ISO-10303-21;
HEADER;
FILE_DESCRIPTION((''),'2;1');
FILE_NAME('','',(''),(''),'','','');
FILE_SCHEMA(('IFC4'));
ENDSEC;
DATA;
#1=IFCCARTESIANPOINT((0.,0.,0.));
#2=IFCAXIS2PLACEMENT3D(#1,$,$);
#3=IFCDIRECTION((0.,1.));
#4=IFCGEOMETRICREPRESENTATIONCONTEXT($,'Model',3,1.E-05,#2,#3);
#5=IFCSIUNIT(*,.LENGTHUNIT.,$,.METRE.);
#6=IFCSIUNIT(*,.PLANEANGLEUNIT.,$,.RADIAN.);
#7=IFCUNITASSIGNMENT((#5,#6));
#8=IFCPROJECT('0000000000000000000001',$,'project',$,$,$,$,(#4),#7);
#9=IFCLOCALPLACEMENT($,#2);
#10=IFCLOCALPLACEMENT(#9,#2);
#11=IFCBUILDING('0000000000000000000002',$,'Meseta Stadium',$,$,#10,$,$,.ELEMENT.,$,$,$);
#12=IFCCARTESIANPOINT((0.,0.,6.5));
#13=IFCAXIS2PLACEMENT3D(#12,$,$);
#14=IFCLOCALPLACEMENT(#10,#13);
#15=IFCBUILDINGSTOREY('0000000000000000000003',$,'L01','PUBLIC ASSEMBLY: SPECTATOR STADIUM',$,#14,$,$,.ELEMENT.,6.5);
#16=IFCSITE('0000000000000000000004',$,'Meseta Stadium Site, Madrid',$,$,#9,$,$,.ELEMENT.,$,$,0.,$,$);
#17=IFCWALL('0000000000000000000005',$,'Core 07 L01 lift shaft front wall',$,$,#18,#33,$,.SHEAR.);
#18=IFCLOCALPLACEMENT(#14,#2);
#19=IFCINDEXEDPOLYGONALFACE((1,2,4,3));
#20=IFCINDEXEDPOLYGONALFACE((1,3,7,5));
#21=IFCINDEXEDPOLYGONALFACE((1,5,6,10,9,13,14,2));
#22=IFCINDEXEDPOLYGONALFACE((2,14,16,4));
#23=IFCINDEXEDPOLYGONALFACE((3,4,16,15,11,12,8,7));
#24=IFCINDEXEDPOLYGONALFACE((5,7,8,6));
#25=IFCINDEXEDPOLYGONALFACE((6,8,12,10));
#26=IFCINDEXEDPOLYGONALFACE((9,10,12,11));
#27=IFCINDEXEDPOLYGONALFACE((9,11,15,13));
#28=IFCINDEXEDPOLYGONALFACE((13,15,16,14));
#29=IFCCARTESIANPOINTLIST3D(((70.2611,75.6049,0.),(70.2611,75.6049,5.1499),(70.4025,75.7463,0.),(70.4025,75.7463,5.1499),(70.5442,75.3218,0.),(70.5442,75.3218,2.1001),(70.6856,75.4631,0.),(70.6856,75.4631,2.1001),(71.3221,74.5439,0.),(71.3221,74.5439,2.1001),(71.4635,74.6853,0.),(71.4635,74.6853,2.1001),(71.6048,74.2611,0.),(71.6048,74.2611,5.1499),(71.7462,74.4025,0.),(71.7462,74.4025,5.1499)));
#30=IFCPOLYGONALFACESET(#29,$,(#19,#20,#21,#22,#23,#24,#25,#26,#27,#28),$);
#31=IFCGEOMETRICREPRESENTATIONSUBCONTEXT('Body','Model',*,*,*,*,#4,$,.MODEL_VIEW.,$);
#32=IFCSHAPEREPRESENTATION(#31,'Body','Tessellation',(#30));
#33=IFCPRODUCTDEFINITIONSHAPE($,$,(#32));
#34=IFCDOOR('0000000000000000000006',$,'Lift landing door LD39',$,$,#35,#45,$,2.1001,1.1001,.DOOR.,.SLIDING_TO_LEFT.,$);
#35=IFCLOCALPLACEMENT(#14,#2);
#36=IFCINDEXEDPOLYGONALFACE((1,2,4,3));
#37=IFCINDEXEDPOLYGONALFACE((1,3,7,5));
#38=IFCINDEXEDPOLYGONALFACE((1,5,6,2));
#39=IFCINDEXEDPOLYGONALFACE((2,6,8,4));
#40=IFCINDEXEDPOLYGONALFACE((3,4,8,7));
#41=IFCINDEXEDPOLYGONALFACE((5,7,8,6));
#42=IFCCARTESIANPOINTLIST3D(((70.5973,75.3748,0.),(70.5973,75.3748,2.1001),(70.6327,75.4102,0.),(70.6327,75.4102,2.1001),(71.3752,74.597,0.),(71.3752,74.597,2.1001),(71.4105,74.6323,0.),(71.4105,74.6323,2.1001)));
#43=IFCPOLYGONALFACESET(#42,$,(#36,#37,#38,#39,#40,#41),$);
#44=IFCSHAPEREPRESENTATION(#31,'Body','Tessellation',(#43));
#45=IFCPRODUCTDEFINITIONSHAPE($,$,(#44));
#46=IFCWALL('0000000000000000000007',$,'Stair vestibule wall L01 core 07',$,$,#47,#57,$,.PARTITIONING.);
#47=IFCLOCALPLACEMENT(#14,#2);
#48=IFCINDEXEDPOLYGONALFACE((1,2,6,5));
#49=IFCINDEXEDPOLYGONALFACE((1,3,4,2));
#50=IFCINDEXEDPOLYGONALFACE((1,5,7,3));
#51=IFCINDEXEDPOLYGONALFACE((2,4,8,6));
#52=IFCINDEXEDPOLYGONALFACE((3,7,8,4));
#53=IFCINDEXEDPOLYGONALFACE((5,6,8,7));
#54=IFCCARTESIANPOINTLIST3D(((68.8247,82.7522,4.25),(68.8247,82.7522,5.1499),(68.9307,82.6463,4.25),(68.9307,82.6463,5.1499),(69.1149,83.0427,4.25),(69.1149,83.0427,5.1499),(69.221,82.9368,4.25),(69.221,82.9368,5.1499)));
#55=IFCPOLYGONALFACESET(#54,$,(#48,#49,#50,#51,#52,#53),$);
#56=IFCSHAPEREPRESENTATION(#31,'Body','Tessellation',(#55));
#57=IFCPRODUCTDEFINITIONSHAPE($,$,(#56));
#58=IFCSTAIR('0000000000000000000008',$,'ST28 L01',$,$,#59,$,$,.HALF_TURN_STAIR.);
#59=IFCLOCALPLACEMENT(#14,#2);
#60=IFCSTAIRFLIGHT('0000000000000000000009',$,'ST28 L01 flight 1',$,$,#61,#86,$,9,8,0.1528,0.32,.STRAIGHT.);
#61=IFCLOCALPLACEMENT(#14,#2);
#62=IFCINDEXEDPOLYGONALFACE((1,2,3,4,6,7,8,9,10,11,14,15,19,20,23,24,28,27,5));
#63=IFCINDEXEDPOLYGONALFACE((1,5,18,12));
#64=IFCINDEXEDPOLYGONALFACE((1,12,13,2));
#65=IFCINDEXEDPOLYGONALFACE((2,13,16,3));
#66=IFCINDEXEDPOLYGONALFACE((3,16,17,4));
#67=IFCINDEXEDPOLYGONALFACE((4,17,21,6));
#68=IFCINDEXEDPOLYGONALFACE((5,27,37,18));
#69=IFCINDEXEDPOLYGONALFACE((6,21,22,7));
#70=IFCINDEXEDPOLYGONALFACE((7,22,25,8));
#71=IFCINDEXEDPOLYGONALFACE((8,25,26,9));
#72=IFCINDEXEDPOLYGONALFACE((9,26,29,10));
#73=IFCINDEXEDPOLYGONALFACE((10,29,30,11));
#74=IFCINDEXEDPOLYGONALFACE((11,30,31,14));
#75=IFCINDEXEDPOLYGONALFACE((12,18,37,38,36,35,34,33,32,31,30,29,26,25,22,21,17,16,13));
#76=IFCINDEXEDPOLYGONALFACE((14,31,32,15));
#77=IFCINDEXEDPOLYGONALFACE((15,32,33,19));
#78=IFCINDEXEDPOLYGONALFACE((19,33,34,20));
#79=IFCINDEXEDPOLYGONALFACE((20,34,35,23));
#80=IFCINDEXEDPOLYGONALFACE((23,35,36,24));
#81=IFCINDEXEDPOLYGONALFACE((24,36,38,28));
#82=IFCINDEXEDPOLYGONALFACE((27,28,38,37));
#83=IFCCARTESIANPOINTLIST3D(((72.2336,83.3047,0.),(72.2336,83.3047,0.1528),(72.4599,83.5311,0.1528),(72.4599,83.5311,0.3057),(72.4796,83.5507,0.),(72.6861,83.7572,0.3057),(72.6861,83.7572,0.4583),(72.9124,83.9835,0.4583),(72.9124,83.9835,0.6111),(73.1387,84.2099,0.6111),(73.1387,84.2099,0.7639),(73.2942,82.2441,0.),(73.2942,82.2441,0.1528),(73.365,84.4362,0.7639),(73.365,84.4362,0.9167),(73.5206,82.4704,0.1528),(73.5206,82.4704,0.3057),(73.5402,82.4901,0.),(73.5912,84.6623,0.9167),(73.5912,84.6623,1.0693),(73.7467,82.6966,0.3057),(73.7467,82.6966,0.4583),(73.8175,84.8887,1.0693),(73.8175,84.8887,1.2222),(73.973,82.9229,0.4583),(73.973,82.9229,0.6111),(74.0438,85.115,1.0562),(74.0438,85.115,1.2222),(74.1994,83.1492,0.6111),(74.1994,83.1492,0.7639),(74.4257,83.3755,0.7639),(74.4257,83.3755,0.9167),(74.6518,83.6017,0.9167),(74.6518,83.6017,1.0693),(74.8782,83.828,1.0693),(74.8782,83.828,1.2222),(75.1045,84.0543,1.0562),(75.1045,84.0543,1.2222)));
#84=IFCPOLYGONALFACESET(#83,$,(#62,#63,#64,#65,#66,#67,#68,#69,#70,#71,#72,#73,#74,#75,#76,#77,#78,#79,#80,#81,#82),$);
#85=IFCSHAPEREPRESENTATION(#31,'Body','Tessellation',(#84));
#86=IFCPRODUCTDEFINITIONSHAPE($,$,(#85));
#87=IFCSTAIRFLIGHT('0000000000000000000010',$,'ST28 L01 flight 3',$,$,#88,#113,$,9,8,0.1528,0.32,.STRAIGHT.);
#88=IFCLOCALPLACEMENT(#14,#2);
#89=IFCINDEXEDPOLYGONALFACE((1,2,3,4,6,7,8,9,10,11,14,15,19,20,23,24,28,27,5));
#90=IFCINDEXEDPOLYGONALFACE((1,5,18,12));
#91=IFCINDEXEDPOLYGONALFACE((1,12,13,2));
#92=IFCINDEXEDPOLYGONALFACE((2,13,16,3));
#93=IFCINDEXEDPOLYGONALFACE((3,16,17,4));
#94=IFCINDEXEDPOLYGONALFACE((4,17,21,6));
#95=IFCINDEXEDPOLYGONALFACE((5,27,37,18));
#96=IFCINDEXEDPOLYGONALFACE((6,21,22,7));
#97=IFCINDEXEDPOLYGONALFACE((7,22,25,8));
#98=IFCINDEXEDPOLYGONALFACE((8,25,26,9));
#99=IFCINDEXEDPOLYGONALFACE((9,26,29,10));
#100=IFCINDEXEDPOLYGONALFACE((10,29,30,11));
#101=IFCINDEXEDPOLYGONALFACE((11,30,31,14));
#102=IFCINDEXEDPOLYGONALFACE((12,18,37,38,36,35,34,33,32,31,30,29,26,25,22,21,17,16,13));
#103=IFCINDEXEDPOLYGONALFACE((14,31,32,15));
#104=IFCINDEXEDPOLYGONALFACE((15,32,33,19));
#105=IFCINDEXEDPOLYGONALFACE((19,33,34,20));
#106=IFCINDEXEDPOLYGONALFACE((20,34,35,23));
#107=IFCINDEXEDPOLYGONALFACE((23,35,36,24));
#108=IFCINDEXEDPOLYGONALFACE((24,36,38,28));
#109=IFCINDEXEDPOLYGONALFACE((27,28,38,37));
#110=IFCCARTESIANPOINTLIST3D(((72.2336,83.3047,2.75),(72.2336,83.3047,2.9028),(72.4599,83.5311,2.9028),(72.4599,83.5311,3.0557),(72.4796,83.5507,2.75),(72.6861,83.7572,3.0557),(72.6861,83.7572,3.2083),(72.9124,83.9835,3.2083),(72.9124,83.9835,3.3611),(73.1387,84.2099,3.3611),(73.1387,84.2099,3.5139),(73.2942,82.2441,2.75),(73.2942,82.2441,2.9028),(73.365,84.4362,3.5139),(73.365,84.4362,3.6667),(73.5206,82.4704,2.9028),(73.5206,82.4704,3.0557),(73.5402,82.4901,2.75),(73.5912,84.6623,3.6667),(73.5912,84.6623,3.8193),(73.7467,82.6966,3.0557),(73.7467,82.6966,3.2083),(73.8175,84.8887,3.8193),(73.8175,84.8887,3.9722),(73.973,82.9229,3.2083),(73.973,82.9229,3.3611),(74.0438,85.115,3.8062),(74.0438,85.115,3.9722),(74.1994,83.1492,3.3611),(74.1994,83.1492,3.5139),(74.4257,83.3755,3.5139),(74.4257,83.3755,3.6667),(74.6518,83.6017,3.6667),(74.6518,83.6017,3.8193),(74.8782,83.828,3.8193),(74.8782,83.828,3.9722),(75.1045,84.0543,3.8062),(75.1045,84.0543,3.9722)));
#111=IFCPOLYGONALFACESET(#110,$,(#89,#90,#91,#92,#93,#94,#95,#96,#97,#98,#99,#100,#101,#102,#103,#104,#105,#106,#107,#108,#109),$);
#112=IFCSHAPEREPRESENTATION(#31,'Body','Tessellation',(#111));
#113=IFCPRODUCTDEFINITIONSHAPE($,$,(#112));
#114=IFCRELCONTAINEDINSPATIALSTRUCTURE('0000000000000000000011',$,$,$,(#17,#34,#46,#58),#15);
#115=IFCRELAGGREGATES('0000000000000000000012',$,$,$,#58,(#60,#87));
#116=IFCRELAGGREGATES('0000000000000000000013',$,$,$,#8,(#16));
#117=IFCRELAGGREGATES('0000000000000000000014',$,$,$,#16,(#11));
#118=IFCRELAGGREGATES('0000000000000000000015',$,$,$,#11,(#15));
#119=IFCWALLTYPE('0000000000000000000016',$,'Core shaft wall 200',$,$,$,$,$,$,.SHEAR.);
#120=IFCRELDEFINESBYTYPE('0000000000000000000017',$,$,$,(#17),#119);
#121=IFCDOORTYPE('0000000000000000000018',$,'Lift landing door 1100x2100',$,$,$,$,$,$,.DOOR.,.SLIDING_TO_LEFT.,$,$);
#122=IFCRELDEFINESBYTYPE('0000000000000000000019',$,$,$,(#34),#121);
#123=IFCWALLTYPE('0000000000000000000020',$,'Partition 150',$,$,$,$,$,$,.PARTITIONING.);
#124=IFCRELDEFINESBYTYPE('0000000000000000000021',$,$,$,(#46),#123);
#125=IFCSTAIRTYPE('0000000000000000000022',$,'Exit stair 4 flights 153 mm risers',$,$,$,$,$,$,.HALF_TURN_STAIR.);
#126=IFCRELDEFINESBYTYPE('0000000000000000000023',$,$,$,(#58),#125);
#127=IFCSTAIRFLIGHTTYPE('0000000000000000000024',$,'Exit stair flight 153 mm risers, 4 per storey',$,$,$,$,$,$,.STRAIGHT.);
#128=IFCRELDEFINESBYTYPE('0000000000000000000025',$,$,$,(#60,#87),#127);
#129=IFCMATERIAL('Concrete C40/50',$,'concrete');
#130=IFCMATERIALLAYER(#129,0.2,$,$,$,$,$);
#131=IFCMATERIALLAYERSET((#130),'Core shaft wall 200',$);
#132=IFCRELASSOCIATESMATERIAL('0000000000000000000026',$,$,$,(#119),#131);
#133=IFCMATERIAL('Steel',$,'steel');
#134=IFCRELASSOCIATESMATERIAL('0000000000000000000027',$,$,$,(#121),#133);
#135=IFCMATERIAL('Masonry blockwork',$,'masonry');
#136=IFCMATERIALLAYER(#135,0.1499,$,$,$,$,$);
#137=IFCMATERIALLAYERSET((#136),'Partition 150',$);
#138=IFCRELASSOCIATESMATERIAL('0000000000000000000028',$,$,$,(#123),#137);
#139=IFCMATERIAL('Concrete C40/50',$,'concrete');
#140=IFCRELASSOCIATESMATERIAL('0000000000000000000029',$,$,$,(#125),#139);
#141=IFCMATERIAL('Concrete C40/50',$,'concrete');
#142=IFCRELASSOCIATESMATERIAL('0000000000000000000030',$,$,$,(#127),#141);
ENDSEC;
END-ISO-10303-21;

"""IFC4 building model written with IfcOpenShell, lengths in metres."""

from ifc_helpers import new_model, si_unit, direction, frame, frame_2d, origin, place, context, subcontext, project, spatial, polyline, rectangle, outline, extrude, material, layer, layer_set, type_object, element, fill, aggregate, save


model = new_model("IFC4")

# Units and contexts
model_context = context("Model", 3, precision=1e-05, world=origin(), true_north=direction((0.0, 1.0)))
body_context = subcontext(model_context, "Body", "Model", "MODEL_VIEW")
ifc_project = project(units=[si_unit("LENGTHUNIT", "METRE"), si_unit("PLANEANGLEUNIT", "RADIAN")], contexts=[model_context])

# Site, building, storey
site_placement = place(None, origin())
site = spatial("IfcSite", under=ifc_project, at=site_placement, Name="Meseta Stadium Site, Madrid", CompositionType="ELEMENT", RefElevation=0.0)
building_placement = place(site_placement, origin())
building = spatial("IfcBuilding", under=site, at=building_placement, Name="Meseta Stadium", CompositionType="ELEMENT")
storey_placement = place(building_placement, frame((0.0, 0.0, 6.5)))
storey = spatial("IfcBuildingStorey", under=building, at=storey_placement, Name="L01", Description="PUBLIC ASSEMBLY: SPECTATOR STADIUM", CompositionType="ELEMENT", Elevation=6.5)

# Shared definitions
ifc_material_1 = material(Name="Concrete C40/50", Category="concrete")
ifc_layer_1 = layer(ifc_material_1, 0.2)
ifc_layer_set_1 = layer_set([ifc_layer_1], Name="Core shaft wall 200")
wall_type_1 = type_object("IfcWallType", Name="Core shaft wall 200", PredefinedType="SHEAR", material=ifc_layer_set_1)

# Wall, opening, door
wall_1_placement = place(storey_placement, frame((71.6755, 74.3318, 0.0), z_axis=(0.0, 0.0, 1.0), x_axis=(-0.707107, 0.707107, 0.0)))
wall_1 = element("IfcWall", 1, at=wall_1_placement, inside=storey, type_object=wall_type_1, Name="Core 07 L01 lift shaft front wall", PredefinedType="SHEAR", context=body_context, shape_type="SweptSolid", body=[
    extrude(rectangle(XDim=1.9004, YDim=0.2, at=frame_2d((0.9502, 0.0))), origin(), (0.0, 0.0, 1.0), 5.1499),
])
opening_1_placement = place(wall_1_placement, frame((0.3999, 0.0, 0.0)))
opening_1 = element("IfcOpeningElement", 2, at=opening_1_placement, cuts=wall_1, PredefinedType="OPENING", context=body_context, shape_type="SweptSolid", body=[
    extrude(rectangle(XDim=1.1001, YDim=2.1001, at=frame_2d((0.55, 1.05))), frame((0.0, 0.1099, 0.0), z_axis=(0.0, -1.0, 0.0), x_axis=(1.0, 0.0, 0.0)), (0.0, 0.0, 1.0), 0.22),
])
ifc_material_2 = material(Name="Steel", Category="steel")
door_type_1 = type_object("IfcDoorType", Name="Lift landing door 1100x2100", OperationType="SLIDING_TO_LEFT", PredefinedType="DOOR", material=ifc_material_2)
door_1_placement = place(opening_1_placement, origin())
door_1 = element("IfcDoor", 3, at=door_1_placement, inside=storey, type_object=door_type_1, Name="Lift landing door LD39", OperationType="SLIDING_TO_LEFT", OverallHeight=2.1001, OverallWidth=1.1001, PredefinedType="DOOR", context=body_context, shape_type="SweptSolid", body=[
    extrude(rectangle(XDim=1.1001, YDim=2.1001, at=frame_2d((0.55, 1.05))), frame((0.0, 0.0249, 0.0), z_axis=(0.0, -1.0, 0.0), x_axis=(1.0, 0.0, 0.0)), (0.0, 0.0, 1.0), 0.05),
])
fill(opening_1, door_1)

# Wall
ifc_material_3 = material(Name="Masonry blockwork", Category="masonry")
ifc_layer_2 = layer(ifc_material_3, 0.1499)
ifc_layer_set_2 = layer_set([ifc_layer_2], Name="Partition 150")
wall_type_2 = type_object("IfcWallType", Name="Partition 150", PredefinedType="PARTITIONING", material=ifc_layer_set_2)
wall_2_placement = place(storey_placement, frame((69.168, 82.9897, 4.25), z_axis=(0.0, 0.0, 1.0), x_axis=(-0.706809, -0.707404, 0.0)))
element("IfcWall", 4, at=wall_2_placement, inside=storey, type_object=wall_type_2, Name="Stair vestibule wall L01 core 07", PredefinedType="PARTITIONING", context=body_context, shape_type="SweptSolid", body=[
    extrude(rectangle(XDim=0.4106, YDim=0.1499, at=frame_2d((0.2053, 0.0))), origin(), (0.0, 0.0, 1.0), 0.8999),
])

# Stair, stair flights
ifc_material_4 = material(Name="Concrete C40/50", Category="concrete")
stair_type = type_object("IfcStairType", Name="Exit stair 4 flights 153 mm risers", PredefinedType="HALF_TURN_STAIR", material=ifc_material_4)
stair_placement = place(storey_placement, origin())
stair = element("IfcStair", 5, at=stair_placement, inside=storey, type_object=stair_type, Name="ST28 L01", PredefinedType="HALF_TURN_STAIR")
ifc_material_5 = material(Name="Concrete C40/50", Category="concrete")
stair_flight_type = type_object("IfcStairFlightType", Name="Exit stair flight 153 mm risers, 4 per storey", PredefinedType="STRAIGHT", material=ifc_material_5)
stair_flight_1_placement = place(storey_placement, frame((72.7639, 82.7744, 0.0), z_axis=(0.0, 0.0, 1.0), x_axis=(0.707107, 0.707107, 0.0)))
stair_flight_1 = element("IfcStairFlight", 6, at=stair_flight_1_placement, type_object=stair_flight_type, Name="ST28 L01 flight 1", NumberOfRisers=9, NumberOfTreads=8, PredefinedType="STRAIGHT", RiserHeight=0.1528, TreadLength=0.32, context=body_context, shape_type="SweptSolid", body=[
    extrude(outline(polyline([(0.0, 0.0), (0.0, 0.1528), (0.3201, 0.1528), (0.3201, 0.3057), (0.6399, 0.3057), (0.6399, 0.4583), (0.96, 0.4583), (0.96, 0.6111), (1.28, 0.6111), (1.28, 0.7639), (1.6001, 0.7639), (1.6001, 0.9167), (1.9199, 0.9167), (1.9199, 1.0693), (2.24, 1.0693), (2.24, 1.2222), (2.5601, 1.2222), (2.5601, 1.0562), (0.3479, 0.0), (0.0, 0.0)])), frame((0.0, 0.75, 0.0), z_axis=(0.0, -1.0, 0.0), x_axis=(1.0, 0.0, 0.0)), (0.0, 0.0, 1.0), 1.5),
])
stair_flight_2_placement = place(storey_placement, frame((72.7639, 82.7744, 2.75), z_axis=(0.0, 0.0, 1.0), x_axis=(0.707107, 0.707107, 0.0)))
stair_flight_2 = element("IfcStairFlight", 7, at=stair_flight_2_placement, type_object=stair_flight_type, Name="ST28 L01 flight 3", NumberOfRisers=9, NumberOfTreads=8, PredefinedType="STRAIGHT", RiserHeight=0.1528, TreadLength=0.32, context=body_context, shape_type="SweptSolid", body=[
    extrude(outline(polyline([(0.0, 0.0), (0.0, 0.1528), (0.3201, 0.1528), (0.3201, 0.3057), (0.6399, 0.3057), (0.6399, 0.4583), (0.96, 0.4583), (0.96, 0.6111), (1.28, 0.6111), (1.28, 0.7639), (1.6001, 0.7639), (1.6001, 0.9167), (1.9199, 0.9167), (1.9199, 1.0693), (2.24, 1.0693), (2.24, 1.2222), (2.5601, 1.2222), (2.5601, 1.0562), (0.3479, 0.0), (0.0, 0.0)])), frame((0.0, 0.75, 0.0), z_axis=(0.0, -1.0, 0.0), x_axis=(1.0, 0.0, 0.0)), (0.0, 0.0, 1.0), 1.5),
])
aggregate(stair, [stair_flight_1, stair_flight_2])

save(model, "model.ifc")
